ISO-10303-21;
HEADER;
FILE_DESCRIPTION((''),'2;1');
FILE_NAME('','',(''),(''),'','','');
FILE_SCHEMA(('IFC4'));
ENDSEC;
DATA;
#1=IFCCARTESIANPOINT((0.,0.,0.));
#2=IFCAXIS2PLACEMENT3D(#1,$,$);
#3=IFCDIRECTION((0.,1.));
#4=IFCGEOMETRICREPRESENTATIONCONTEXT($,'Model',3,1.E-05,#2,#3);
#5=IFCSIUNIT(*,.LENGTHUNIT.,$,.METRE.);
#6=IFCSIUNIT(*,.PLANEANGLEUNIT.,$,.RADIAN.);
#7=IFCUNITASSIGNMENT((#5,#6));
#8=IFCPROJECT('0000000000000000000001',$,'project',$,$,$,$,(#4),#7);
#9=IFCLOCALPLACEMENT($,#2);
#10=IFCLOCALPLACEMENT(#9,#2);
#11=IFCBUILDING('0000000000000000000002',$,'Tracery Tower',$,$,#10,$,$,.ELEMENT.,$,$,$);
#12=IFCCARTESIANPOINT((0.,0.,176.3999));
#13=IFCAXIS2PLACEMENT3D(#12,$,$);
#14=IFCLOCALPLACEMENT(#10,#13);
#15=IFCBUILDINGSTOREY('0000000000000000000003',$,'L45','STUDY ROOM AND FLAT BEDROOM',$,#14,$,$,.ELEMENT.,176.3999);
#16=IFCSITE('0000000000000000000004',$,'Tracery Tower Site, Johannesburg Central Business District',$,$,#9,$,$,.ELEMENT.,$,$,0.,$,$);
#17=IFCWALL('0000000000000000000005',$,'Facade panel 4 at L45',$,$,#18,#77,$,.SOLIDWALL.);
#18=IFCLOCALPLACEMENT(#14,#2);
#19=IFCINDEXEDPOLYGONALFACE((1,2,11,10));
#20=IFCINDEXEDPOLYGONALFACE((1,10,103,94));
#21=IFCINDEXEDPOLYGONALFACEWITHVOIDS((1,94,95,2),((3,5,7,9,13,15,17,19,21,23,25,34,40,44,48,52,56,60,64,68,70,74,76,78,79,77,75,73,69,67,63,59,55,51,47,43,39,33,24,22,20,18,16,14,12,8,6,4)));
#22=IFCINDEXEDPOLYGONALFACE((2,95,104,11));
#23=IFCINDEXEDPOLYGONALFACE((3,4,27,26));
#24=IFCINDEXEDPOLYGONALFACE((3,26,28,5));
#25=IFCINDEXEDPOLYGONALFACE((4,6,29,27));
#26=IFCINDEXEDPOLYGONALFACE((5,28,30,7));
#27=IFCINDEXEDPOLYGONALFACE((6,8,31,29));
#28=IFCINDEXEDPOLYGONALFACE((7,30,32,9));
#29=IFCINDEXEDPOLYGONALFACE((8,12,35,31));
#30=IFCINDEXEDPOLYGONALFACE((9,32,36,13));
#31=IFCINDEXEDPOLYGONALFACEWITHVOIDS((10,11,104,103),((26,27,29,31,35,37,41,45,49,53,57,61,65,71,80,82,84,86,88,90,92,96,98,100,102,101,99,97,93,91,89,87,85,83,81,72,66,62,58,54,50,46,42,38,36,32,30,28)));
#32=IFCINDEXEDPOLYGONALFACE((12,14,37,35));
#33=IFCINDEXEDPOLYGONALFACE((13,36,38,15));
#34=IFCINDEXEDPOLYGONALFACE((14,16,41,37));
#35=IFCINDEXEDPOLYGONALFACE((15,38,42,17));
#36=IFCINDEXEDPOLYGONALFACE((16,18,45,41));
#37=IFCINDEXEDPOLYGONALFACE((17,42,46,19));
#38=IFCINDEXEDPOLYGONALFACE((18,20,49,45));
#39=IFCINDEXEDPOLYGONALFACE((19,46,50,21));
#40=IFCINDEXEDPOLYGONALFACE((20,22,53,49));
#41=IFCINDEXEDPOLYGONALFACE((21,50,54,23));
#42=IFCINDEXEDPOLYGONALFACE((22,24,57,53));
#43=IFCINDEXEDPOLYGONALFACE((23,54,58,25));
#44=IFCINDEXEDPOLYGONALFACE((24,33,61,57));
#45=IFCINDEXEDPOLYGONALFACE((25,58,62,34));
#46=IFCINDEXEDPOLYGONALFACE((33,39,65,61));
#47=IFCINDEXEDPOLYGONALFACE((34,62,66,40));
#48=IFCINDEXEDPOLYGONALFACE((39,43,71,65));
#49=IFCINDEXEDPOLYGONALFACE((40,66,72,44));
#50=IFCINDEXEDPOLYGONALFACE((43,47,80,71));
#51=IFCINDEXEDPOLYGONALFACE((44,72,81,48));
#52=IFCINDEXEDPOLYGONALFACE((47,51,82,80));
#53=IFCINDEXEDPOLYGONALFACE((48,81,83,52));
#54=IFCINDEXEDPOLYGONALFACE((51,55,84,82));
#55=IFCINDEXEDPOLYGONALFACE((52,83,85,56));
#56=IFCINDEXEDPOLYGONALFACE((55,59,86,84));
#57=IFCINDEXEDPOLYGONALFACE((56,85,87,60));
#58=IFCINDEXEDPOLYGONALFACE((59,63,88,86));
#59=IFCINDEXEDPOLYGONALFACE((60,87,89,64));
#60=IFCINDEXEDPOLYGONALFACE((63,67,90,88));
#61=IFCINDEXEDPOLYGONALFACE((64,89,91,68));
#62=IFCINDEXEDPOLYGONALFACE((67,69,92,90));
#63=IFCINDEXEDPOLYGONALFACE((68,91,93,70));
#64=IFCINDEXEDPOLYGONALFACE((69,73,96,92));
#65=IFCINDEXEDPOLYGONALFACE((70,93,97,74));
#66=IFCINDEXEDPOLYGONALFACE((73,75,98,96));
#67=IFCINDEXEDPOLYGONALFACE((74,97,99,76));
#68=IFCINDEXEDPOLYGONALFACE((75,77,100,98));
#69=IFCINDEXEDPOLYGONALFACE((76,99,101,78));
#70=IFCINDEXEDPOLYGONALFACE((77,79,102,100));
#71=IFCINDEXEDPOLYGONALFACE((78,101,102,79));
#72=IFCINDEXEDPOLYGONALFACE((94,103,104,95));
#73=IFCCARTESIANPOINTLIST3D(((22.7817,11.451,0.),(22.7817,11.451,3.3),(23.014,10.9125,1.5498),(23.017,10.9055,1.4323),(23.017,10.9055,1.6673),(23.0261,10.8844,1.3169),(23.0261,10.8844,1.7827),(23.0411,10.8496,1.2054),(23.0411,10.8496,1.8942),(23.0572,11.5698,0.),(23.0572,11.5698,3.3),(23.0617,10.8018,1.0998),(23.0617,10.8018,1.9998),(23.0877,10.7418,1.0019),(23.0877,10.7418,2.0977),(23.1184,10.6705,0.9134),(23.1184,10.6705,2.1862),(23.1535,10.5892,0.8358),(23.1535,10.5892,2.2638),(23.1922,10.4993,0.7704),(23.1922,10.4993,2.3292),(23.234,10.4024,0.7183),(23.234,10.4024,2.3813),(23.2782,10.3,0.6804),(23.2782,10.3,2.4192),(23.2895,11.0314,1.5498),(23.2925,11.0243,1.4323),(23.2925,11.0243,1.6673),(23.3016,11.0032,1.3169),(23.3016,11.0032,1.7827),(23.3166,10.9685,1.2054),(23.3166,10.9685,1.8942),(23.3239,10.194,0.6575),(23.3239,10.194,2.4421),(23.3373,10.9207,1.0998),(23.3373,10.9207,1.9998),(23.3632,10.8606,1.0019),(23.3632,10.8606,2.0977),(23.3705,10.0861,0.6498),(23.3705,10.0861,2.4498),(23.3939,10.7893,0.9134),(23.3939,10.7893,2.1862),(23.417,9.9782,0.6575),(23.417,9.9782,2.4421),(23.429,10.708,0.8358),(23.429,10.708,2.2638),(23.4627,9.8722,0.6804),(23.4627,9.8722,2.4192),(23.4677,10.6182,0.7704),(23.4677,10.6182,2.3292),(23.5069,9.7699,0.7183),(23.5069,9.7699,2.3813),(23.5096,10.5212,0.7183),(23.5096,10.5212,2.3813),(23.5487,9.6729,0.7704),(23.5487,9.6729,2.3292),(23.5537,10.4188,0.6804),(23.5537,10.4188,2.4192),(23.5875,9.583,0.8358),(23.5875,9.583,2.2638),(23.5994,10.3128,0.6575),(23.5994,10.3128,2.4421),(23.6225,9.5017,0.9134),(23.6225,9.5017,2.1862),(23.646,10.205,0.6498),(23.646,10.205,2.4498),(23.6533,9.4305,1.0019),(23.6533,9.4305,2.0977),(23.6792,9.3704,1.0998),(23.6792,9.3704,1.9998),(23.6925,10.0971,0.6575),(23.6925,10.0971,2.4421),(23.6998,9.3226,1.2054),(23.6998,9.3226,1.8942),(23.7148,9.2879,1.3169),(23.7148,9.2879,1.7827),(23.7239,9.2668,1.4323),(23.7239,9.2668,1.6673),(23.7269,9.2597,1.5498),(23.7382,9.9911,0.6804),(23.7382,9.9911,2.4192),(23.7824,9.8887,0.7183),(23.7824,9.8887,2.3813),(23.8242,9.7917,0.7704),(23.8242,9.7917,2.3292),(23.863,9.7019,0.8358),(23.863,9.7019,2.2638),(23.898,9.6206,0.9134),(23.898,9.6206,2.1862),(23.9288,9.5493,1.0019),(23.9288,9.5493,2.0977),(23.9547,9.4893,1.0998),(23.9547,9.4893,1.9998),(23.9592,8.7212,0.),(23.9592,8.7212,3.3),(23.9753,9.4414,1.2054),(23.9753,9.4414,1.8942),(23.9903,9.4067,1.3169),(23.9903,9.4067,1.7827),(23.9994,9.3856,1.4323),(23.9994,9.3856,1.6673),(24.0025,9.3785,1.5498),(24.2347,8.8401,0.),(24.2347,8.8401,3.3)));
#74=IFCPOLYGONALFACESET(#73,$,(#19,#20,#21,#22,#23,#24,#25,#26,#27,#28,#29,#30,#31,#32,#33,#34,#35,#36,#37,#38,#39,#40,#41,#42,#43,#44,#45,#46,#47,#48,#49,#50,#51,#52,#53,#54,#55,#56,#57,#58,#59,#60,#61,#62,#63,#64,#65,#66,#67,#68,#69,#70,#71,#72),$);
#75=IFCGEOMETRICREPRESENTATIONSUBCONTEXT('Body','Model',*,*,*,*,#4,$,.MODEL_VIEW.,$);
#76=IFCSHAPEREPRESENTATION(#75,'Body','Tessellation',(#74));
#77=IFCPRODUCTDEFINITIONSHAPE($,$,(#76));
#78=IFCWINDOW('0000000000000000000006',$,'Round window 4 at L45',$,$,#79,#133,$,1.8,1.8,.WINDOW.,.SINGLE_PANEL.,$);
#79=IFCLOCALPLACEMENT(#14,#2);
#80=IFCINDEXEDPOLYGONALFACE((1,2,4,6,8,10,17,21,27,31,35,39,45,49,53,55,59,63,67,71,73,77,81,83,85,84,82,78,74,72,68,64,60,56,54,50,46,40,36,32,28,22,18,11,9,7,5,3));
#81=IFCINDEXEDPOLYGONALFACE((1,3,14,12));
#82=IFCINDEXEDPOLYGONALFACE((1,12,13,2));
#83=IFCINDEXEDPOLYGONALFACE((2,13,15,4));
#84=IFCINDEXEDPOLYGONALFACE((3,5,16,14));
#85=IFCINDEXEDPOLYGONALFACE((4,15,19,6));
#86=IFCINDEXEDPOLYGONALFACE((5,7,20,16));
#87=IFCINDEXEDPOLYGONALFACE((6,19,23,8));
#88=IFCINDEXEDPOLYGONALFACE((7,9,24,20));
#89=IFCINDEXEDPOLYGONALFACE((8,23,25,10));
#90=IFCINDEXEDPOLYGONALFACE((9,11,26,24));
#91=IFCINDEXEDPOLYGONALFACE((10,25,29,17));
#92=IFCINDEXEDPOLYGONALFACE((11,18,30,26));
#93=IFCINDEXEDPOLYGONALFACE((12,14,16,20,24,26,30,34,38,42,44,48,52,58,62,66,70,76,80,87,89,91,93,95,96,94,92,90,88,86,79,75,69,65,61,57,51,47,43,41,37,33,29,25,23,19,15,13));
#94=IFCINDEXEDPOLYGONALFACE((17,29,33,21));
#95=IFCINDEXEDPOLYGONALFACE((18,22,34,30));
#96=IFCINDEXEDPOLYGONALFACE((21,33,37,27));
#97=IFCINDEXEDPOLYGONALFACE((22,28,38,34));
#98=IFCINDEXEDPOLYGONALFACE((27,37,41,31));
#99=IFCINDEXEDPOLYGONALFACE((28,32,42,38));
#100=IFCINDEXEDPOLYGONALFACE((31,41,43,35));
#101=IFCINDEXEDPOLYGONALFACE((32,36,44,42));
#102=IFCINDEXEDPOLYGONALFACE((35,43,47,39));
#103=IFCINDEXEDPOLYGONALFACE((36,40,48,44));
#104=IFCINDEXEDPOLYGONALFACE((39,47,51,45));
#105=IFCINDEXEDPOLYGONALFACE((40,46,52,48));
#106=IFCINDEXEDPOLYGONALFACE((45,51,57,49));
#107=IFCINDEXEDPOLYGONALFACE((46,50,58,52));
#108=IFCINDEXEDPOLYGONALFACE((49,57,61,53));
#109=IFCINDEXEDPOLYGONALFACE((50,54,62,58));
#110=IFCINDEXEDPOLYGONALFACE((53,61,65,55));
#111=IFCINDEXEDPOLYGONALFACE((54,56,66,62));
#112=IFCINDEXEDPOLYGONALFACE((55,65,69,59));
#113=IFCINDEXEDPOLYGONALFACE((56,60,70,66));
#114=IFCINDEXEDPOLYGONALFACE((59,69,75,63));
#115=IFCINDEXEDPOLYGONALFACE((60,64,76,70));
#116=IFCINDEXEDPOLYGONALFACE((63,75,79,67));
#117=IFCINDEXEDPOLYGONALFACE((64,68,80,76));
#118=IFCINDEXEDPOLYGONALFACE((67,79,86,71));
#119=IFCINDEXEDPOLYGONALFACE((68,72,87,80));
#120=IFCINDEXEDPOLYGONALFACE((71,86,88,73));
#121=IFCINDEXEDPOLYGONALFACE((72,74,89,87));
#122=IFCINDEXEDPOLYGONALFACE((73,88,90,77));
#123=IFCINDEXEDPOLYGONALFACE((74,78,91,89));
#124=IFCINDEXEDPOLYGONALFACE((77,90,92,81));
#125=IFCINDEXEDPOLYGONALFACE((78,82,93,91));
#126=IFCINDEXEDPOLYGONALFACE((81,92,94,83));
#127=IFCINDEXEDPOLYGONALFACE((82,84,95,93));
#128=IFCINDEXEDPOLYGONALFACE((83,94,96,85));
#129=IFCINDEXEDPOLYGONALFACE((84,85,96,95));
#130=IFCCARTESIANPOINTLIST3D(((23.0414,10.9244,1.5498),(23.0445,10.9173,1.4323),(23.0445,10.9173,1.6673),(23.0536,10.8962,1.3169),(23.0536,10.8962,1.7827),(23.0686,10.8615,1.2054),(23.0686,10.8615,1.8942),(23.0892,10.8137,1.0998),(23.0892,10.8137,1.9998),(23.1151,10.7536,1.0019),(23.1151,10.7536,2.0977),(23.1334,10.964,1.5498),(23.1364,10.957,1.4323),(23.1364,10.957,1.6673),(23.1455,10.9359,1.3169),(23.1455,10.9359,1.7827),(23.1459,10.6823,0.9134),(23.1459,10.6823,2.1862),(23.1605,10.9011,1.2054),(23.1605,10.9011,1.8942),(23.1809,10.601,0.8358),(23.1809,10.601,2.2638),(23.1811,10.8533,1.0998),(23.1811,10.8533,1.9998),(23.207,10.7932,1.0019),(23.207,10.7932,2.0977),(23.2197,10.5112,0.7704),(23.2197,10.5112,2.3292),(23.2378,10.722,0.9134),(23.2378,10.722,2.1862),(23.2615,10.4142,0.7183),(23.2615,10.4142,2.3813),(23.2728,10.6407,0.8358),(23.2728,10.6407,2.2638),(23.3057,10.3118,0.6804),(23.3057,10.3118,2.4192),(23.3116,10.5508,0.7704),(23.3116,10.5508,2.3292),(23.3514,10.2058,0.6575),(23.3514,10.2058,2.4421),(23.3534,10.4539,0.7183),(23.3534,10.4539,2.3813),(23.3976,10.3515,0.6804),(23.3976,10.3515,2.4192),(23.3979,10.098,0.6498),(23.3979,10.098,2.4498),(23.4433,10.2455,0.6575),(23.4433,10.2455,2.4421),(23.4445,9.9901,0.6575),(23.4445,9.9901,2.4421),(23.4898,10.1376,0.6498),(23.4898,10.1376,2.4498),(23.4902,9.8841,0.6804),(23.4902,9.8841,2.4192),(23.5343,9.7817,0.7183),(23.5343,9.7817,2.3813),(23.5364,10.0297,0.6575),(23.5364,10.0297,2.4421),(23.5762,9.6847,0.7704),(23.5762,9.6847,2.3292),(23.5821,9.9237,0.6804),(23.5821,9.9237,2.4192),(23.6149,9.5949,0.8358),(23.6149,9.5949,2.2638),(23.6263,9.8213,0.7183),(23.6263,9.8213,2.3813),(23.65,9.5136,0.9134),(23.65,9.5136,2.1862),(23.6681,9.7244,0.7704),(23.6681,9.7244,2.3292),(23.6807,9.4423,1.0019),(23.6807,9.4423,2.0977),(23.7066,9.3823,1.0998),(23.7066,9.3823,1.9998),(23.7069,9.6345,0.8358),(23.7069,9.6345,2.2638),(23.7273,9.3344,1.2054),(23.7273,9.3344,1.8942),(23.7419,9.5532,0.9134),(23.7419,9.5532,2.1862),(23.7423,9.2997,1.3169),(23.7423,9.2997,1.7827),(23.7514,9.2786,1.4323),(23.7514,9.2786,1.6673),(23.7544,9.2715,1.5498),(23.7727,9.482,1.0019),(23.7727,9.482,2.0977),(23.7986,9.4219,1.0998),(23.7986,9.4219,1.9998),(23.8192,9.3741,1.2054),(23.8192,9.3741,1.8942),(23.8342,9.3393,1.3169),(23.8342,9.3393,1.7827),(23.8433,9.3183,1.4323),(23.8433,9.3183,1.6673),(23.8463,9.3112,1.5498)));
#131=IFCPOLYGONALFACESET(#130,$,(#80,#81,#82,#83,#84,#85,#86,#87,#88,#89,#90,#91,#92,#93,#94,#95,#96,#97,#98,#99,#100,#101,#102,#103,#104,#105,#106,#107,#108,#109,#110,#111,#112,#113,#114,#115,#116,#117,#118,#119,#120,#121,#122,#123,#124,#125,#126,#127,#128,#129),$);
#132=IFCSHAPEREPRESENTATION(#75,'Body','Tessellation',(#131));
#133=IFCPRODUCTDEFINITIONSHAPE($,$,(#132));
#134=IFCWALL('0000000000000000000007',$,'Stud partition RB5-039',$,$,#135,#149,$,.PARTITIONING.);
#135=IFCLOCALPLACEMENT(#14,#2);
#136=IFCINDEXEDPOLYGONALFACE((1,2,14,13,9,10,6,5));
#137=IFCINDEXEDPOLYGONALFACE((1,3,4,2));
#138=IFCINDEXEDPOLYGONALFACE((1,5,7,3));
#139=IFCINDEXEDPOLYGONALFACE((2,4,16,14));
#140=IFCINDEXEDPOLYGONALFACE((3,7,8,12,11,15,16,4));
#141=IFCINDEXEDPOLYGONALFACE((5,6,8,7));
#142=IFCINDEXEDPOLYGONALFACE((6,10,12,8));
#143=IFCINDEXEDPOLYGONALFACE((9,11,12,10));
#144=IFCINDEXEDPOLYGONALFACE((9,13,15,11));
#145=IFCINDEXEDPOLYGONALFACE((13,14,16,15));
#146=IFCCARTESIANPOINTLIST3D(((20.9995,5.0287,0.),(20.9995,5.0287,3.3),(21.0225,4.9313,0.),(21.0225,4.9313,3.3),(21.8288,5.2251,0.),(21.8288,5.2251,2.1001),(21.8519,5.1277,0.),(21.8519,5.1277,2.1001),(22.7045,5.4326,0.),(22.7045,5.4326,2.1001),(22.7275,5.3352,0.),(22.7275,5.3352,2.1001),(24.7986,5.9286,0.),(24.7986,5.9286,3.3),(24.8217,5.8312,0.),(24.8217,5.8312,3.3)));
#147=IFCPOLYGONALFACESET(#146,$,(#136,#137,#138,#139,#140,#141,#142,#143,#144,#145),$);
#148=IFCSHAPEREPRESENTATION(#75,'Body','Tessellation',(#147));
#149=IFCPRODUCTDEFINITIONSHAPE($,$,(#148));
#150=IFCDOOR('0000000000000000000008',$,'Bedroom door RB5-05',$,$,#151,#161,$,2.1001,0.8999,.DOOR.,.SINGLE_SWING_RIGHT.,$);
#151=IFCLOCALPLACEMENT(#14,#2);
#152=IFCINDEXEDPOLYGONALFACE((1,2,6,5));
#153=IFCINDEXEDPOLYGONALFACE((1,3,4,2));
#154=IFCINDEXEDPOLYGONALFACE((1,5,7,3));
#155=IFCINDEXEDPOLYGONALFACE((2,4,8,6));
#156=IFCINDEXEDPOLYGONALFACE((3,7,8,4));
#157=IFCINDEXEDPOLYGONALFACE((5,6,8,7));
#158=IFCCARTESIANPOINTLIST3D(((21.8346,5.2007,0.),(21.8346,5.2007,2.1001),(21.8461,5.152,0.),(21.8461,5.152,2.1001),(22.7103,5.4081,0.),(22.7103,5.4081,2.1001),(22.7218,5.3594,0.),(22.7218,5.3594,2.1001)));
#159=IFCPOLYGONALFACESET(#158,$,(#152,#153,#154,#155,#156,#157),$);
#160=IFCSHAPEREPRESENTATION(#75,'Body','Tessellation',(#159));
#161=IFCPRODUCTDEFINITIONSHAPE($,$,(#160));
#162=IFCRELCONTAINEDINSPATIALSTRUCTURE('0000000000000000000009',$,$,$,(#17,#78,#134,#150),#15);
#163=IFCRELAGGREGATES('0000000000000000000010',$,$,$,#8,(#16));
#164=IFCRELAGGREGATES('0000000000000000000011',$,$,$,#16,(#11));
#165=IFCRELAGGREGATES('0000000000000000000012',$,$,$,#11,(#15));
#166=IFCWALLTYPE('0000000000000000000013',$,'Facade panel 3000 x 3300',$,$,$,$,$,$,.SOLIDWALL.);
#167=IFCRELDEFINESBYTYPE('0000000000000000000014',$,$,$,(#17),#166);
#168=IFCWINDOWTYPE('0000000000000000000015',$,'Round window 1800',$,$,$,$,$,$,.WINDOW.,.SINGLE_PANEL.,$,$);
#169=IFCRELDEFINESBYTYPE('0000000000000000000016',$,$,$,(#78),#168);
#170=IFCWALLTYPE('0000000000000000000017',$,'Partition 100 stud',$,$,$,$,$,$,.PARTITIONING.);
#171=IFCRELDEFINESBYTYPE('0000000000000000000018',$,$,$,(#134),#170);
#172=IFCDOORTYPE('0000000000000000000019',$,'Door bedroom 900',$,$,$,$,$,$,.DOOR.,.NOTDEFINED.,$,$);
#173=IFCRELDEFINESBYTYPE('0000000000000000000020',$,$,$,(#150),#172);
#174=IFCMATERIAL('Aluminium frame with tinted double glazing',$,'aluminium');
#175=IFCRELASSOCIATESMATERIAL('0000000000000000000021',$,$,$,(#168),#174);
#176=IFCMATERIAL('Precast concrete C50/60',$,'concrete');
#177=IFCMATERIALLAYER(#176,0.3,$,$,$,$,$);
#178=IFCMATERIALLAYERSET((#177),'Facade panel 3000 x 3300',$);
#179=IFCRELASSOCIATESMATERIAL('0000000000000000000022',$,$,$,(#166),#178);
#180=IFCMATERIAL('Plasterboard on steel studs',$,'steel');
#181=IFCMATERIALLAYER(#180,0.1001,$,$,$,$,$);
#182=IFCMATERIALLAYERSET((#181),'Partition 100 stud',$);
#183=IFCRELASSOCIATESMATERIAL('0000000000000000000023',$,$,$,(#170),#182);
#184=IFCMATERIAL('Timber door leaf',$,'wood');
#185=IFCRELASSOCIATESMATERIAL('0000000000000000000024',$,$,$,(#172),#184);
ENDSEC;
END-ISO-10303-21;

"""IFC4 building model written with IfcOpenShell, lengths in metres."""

from ifc_helpers import new_model, si_unit, direction, frame, frame_2d, origin, origin_2d, place, context, subcontext, project, spatial, rectangle, circle, extrude, material, layer, layer_set, type_object, element, fill, save


model = new_model("IFC4")

# Units and contexts
model_context = context("Model", 3, precision=1e-05, world=origin(), true_north=direction((0.0, 1.0)))
body_context = subcontext(model_context, "Body", "Model", "MODEL_VIEW")
ifc_project = project(units=[si_unit("LENGTHUNIT", "METRE"), si_unit("PLANEANGLEUNIT", "RADIAN")], contexts=[model_context])

# Site, building, storey
site_placement = place(None, origin())
site = spatial("IfcSite", under=ifc_project, at=site_placement, Name="Tracery Tower Site, Johannesburg Central Business District", CompositionType="ELEMENT", RefElevation=0.0)
building_placement = place(site_placement, origin())
building = spatial("IfcBuilding", under=site, at=building_placement, Name="Tracery Tower", CompositionType="ELEMENT")
storey_placement = place(building_placement, frame((0.0, 0.0, 176.3999)))
storey = spatial("IfcBuildingStorey", under=building, at=storey_placement, Name="L45", Description="STUDY ROOM AND FLAT BEDROOM", CompositionType="ELEMENT", Elevation=176.3999)

# Wall, opening, window
ifc_material_1 = material(Name="Aluminium frame with tinted double glazing", Category="aluminium")
window_type = type_object("IfcWindowType", Name="Round window 1800", PartitioningType="SINGLE_PANEL", PredefinedType="WINDOW", material=ifc_material_1)
ifc_material_2 = material(Name="Precast concrete C50/60", Category="concrete")
ifc_layer_1 = layer(ifc_material_2, 0.3)
ifc_layer_set_1 = layer_set([ifc_layer_1], Name="Facade panel 3000 x 3300")
wall_type_1 = type_object("IfcWallType", Name="Facade panel 3000 x 3300", PredefinedType="SOLIDWALL", material=ifc_layer_set_1)
wall_1_placement = place(storey_placement, frame((24.0969, 8.7808, 0.0), z_axis=(0.0, 0.0, 1.0), x_axis=(-0.396079, 0.918216, 0.0)))
wall_1 = element("IfcWall", 1, at=wall_1_placement, inside=storey, type_object=wall_type_1, Name="Facade panel 4 at L45", PredefinedType="SOLIDWALL", context=body_context, shape_type="SweptSolid", body=[
    extrude(rectangle(XDim=2.9729, YDim=0.3, at=frame_2d((1.4863, 0.0))), origin(), (0.0, 0.0, 1.0), 3.3),
])
opening_1_placement = place(wall_1_placement, frame((1.4863, 0.0, 1.5498)))
opening_1 = element("IfcOpeningElement", 2, at=opening_1_placement, cuts=wall_1, PredefinedType="OPENING", context=body_context, shape_type="SweptSolid", body=[
    extrude(circle(Radius=0.9, at=origin_2d()), frame((0.0, 0.1599, 0.0), z_axis=(0.0, -1.0, 0.0), x_axis=(1.0, 0.0, 0.0)), (0.0, 0.0, 1.0), 0.3201),
])
window_1_placement = place(opening_1_placement, origin())
window_1 = element("IfcWindow", 3, at=window_1_placement, inside=storey, type_object=window_type, Name="Round window 4 at L45", OverallHeight=1.8, OverallWidth=1.8, PartitioningType="SINGLE_PANEL", PredefinedType="WINDOW", context=body_context, shape_type="SweptSolid", body=[
    extrude(circle(Radius=0.9, at=origin_2d()), frame((0.0, 0.1201, 0.0), z_axis=(0.0, -1.0, 0.0), x_axis=(1.0, 0.0, 0.0)), (0.0, 0.0, 1.0), 0.1001),
])
fill(opening_1, window_1)

# Wall, opening, door
ifc_material_3 = material(Name="Plasterboard on steel studs", Category="steel")
ifc_layer_2 = layer(ifc_material_3, 0.1001)
ifc_layer_set_2 = layer_set([ifc_layer_2], Name="Partition 100 stud")
wall_type_2 = type_object("IfcWallType", Name="Partition 100 stud", PredefinedType="PARTITIONING", material=ifc_layer_set_2)
wall_2_placement = place(storey_placement, frame((21.011, 4.98, 0.0), z_axis=(0.0, 0.0, 1.0), x_axis=(0.973073, 0.230496, 0.0)))
wall_2 = element("IfcWall", 4, at=wall_2_placement, inside=storey, type_object=wall_type_2, Name="Stud partition RB5-039", PredefinedType="PARTITIONING", context=body_context, shape_type="SweptSolid", body=[
    extrude(rectangle(XDim=3.9043, YDim=0.1001, at=frame_2d((1.9521, 0.0))), origin(), (0.0, 0.0, 1.0), 3.3),
])
opening_2_placement = place(wall_2_placement, frame((0.8523, 0.0, 0.0)))
opening_2 = element("IfcOpeningElement", 5, at=opening_2_placement, cuts=wall_2, PredefinedType="OPENING", context=body_context, shape_type="SweptSolid", body=[
    extrude(rectangle(XDim=0.8999, YDim=2.1001, at=frame_2d((0.45, 1.05))), frame((0.0, 0.05, 0.0), z_axis=(0.0, -1.0, 0.0), x_axis=(1.0, 0.0, 0.0)), (0.0, 0.0, 1.0), 0.1001),
])
ifc_material_4 = material(Name="Timber door leaf", Category="wood")
door_type_1 = type_object("IfcDoorType", Name="Door bedroom 900", OperationType="NOTDEFINED", PredefinedType="DOOR", material=ifc_material_4)
door_1_placement = place(opening_2_placement, origin())
door_1 = element("IfcDoor", 6, at=door_1_placement, inside=storey, type_object=door_type_1, Name="Bedroom door RB5-05", OperationType="SINGLE_SWING_RIGHT", OverallHeight=2.1001, OverallWidth=0.8999, PredefinedType="DOOR", context=body_context, shape_type="SweptSolid", body=[
    extrude(rectangle(XDim=0.8999, YDim=2.1001, at=frame_2d((0.45, 1.05))), frame((0.0, 0.0249, 0.0), z_axis=(0.0, -1.0, 0.0), x_axis=(1.0, 0.0, 0.0)), (0.0, 0.0, 1.0), 0.05),
])
fill(opening_2, door_1)

save(model, "model.ifc")
